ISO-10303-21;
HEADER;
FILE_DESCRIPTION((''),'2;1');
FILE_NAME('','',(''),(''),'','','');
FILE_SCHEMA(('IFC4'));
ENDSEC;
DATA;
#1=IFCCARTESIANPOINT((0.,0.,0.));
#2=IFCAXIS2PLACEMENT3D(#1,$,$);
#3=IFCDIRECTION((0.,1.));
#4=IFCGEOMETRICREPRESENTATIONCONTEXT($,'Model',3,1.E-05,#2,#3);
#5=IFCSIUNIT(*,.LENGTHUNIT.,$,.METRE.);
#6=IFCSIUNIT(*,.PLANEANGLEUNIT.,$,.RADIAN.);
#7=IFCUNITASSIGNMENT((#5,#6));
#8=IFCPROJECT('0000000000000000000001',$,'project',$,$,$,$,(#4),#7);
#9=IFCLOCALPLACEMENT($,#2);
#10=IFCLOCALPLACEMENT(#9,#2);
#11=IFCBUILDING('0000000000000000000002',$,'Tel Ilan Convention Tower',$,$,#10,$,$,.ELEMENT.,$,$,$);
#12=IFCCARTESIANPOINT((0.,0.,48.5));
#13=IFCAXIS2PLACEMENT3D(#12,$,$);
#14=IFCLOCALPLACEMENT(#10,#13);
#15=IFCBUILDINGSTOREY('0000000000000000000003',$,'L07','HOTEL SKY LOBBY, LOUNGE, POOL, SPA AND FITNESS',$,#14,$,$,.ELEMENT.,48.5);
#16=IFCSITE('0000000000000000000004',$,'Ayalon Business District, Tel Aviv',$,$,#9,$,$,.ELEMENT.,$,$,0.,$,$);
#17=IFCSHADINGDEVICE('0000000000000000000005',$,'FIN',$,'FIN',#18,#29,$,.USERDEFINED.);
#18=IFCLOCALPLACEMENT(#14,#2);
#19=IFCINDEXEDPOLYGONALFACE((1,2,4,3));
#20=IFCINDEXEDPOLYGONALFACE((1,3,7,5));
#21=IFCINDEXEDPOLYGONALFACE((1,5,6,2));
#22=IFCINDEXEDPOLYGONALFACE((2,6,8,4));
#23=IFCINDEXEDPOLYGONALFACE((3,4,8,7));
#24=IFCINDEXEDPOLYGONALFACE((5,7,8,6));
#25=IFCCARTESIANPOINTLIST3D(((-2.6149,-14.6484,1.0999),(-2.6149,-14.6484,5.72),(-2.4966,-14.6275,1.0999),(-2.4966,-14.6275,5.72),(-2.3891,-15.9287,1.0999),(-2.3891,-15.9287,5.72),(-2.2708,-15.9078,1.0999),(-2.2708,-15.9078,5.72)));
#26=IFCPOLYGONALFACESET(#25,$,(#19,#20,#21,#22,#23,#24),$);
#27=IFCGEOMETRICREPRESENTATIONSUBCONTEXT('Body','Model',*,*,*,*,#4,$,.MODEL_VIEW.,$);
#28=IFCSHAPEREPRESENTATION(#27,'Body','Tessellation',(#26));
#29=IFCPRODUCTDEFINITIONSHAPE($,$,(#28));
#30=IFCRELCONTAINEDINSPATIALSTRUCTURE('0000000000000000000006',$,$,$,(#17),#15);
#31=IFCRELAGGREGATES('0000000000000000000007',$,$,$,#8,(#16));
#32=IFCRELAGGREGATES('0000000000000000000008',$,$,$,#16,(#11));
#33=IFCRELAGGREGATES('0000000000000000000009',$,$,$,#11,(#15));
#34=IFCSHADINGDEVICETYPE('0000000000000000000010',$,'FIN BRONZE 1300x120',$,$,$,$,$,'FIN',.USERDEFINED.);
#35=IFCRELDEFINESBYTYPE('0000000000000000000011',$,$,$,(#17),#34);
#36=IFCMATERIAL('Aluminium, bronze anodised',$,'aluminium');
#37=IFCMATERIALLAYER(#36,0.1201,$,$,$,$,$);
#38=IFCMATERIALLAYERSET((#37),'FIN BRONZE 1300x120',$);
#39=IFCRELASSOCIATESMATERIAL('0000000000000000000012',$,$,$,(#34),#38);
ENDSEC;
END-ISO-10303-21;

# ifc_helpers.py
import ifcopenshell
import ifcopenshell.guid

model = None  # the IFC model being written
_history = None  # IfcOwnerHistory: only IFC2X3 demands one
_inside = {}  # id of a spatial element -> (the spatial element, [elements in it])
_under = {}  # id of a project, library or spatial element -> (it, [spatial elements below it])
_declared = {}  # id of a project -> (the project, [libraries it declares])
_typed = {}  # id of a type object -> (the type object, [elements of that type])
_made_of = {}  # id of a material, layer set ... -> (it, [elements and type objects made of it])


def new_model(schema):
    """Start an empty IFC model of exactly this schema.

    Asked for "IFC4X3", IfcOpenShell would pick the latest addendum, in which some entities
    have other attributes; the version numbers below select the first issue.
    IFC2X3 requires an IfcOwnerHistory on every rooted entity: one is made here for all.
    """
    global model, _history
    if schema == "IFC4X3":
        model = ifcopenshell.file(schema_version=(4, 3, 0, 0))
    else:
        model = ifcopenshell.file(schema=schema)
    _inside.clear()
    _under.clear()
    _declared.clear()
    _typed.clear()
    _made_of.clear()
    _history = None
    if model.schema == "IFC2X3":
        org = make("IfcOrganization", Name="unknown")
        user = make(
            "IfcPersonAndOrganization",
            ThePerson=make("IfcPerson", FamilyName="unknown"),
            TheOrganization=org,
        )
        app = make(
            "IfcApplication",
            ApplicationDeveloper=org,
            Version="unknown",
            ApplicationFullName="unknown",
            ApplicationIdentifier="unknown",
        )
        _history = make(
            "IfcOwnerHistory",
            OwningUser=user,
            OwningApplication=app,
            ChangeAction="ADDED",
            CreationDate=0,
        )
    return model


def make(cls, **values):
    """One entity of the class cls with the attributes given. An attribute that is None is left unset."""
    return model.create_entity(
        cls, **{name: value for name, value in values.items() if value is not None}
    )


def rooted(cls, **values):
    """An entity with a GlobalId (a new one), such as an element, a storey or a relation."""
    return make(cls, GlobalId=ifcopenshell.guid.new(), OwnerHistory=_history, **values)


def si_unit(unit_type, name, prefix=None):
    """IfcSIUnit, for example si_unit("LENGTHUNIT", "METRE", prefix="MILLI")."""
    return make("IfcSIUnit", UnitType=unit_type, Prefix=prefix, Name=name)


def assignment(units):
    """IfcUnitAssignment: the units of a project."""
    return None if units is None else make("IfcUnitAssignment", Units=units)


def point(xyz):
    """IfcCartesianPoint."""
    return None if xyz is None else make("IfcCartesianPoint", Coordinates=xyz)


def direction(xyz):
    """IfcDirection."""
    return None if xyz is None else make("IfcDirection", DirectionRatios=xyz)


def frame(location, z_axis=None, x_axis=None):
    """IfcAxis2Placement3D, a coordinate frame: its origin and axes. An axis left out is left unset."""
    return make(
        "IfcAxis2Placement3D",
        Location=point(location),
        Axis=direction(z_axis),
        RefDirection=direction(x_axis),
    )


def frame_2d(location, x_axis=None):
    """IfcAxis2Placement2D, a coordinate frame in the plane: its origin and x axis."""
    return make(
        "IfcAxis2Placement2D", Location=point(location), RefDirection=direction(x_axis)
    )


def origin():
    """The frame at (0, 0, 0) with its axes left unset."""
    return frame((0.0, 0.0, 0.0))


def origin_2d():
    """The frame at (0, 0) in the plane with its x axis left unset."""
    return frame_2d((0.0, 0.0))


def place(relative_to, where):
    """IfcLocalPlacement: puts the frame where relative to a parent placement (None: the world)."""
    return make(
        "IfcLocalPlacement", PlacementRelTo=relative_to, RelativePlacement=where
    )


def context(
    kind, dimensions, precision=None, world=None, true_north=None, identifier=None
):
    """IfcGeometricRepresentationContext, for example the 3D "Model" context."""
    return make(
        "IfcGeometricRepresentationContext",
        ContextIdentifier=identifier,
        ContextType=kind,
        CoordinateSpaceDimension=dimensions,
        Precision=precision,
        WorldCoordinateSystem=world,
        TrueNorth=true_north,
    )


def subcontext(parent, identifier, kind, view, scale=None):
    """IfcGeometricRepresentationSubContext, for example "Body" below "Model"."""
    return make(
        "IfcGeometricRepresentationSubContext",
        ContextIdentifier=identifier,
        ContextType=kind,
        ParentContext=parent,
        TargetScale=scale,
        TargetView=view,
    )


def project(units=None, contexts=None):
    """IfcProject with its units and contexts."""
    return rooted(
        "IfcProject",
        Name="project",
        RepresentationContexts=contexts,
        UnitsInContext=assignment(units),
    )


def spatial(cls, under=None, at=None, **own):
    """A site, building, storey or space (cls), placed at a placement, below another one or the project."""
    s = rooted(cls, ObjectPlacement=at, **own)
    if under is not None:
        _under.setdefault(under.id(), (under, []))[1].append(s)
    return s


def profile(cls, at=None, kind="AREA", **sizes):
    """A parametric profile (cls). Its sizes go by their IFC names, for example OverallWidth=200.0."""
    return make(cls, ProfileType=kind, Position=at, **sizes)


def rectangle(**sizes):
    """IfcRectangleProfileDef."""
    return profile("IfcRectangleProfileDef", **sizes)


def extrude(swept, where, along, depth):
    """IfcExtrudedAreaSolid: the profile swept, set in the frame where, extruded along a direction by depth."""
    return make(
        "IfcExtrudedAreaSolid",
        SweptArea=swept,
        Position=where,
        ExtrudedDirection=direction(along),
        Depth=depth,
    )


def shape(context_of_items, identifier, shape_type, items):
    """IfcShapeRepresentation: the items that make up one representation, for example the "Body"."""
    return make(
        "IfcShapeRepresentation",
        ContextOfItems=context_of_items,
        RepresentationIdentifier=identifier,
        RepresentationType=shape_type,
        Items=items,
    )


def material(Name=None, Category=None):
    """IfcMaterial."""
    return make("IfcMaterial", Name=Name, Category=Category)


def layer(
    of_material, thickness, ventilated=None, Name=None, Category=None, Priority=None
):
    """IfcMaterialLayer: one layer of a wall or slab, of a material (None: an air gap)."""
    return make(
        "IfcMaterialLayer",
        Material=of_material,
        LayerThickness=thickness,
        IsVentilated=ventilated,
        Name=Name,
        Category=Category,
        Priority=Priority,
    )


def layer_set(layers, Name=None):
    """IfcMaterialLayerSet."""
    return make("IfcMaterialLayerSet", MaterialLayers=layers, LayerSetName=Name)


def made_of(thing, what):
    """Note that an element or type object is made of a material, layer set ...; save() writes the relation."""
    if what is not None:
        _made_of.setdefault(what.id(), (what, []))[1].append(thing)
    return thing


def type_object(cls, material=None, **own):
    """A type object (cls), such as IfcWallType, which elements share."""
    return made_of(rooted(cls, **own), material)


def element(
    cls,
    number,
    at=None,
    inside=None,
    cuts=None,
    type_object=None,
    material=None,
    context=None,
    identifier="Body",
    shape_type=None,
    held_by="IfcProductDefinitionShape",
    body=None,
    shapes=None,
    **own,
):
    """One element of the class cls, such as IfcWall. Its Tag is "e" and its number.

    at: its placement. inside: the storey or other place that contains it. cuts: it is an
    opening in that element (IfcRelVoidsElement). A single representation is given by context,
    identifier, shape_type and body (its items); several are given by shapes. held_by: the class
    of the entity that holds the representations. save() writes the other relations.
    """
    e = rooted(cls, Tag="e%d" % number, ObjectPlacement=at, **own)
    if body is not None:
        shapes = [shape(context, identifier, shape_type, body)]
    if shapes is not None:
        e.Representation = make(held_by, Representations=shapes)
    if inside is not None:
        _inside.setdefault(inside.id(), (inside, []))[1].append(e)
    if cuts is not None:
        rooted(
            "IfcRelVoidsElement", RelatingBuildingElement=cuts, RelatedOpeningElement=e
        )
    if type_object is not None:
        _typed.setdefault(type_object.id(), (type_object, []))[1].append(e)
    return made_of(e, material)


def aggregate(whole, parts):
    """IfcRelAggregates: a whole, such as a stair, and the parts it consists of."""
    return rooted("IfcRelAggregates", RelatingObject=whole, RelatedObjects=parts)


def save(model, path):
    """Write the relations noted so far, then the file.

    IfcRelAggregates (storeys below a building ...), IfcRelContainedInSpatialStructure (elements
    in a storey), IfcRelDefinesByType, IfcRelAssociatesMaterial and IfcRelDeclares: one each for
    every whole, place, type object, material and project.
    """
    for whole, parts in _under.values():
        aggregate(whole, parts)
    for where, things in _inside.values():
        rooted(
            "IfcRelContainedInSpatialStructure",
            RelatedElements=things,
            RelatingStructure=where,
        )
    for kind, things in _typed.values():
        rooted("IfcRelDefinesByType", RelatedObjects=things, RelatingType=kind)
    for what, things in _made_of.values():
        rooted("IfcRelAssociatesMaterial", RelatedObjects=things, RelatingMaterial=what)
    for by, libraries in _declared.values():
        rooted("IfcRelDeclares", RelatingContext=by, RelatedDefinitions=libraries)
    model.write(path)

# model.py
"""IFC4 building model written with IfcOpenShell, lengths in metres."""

from ifc_helpers import new_model, si_unit, direction, frame, origin, origin_2d, place, context, subcontext, project, spatial, rectangle, extrude, material, layer, layer_set, type_object, element, save


model = new_model("IFC4")

# Units and contexts
model_context = context("Model", 3, precision=1e-05, world=origin(), true_north=direction((0.0, 1.0)))
body_context = subcontext(model_context, "Body", "Model", "MODEL_VIEW")
ifc_project = project(units=[si_unit("LENGTHUNIT", "METRE"), si_unit("PLANEANGLEUNIT", "RADIAN")], contexts=[model_context])

# Site, building, storey
site_placement = place(None, origin())
site = spatial("IfcSite", under=ifc_project, at=site_placement, Name="Ayalon Business District, Tel Aviv", CompositionType="ELEMENT", RefElevation=0.0)
building_placement = place(site_placement, origin())
building = spatial("IfcBuilding", under=site, at=building_placement, Name="Tel Ilan Convention Tower", CompositionType="ELEMENT")
storey_placement = place(building_placement, frame((0.0, 0.0, 48.5)))
storey = spatial("IfcBuildingStorey", under=building, at=storey_placement, Name="L07", Description="HOTEL SKY LOBBY, LOUNGE, POOL, SPA AND FITNESS", CompositionType="ELEMENT", Elevation=48.5)

# Shading device
ifc_material_1 = material(Name="Aluminium, bronze anodised", Category="aluminium")
ifc_layer_1 = layer(ifc_material_1, 0.1201)
ifc_layer_set_1 = layer_set([ifc_layer_1], Name="FIN BRONZE 1300x120")
shading_device_type = type_object("IfcShadingDeviceType", Name="FIN BRONZE 1300x120", ElementType="FIN", PredefinedType="USERDEFINED", material=ifc_layer_set_1)
shading_device_placement = place(storey_placement, frame((-2.4429, -15.2781, 1.0999), z_axis=(0.0, 0.0, 1.0), x_axis=(0.173648, -0.984808, 0.0)))
element("IfcShadingDevice", 1, at=shading_device_placement, inside=storey, type_object=shading_device_type, Name="FIN", ObjectType="FIN", PredefinedType="USERDEFINED", context=body_context, shape_type="SweptSolid", body=[
    extrude(rectangle(XDim=1.3, YDim=0.1201, at=origin_2d()), origin(), (0.0, 0.0, 1.0), 4.6201),
])

save(model, "model.ifc")
